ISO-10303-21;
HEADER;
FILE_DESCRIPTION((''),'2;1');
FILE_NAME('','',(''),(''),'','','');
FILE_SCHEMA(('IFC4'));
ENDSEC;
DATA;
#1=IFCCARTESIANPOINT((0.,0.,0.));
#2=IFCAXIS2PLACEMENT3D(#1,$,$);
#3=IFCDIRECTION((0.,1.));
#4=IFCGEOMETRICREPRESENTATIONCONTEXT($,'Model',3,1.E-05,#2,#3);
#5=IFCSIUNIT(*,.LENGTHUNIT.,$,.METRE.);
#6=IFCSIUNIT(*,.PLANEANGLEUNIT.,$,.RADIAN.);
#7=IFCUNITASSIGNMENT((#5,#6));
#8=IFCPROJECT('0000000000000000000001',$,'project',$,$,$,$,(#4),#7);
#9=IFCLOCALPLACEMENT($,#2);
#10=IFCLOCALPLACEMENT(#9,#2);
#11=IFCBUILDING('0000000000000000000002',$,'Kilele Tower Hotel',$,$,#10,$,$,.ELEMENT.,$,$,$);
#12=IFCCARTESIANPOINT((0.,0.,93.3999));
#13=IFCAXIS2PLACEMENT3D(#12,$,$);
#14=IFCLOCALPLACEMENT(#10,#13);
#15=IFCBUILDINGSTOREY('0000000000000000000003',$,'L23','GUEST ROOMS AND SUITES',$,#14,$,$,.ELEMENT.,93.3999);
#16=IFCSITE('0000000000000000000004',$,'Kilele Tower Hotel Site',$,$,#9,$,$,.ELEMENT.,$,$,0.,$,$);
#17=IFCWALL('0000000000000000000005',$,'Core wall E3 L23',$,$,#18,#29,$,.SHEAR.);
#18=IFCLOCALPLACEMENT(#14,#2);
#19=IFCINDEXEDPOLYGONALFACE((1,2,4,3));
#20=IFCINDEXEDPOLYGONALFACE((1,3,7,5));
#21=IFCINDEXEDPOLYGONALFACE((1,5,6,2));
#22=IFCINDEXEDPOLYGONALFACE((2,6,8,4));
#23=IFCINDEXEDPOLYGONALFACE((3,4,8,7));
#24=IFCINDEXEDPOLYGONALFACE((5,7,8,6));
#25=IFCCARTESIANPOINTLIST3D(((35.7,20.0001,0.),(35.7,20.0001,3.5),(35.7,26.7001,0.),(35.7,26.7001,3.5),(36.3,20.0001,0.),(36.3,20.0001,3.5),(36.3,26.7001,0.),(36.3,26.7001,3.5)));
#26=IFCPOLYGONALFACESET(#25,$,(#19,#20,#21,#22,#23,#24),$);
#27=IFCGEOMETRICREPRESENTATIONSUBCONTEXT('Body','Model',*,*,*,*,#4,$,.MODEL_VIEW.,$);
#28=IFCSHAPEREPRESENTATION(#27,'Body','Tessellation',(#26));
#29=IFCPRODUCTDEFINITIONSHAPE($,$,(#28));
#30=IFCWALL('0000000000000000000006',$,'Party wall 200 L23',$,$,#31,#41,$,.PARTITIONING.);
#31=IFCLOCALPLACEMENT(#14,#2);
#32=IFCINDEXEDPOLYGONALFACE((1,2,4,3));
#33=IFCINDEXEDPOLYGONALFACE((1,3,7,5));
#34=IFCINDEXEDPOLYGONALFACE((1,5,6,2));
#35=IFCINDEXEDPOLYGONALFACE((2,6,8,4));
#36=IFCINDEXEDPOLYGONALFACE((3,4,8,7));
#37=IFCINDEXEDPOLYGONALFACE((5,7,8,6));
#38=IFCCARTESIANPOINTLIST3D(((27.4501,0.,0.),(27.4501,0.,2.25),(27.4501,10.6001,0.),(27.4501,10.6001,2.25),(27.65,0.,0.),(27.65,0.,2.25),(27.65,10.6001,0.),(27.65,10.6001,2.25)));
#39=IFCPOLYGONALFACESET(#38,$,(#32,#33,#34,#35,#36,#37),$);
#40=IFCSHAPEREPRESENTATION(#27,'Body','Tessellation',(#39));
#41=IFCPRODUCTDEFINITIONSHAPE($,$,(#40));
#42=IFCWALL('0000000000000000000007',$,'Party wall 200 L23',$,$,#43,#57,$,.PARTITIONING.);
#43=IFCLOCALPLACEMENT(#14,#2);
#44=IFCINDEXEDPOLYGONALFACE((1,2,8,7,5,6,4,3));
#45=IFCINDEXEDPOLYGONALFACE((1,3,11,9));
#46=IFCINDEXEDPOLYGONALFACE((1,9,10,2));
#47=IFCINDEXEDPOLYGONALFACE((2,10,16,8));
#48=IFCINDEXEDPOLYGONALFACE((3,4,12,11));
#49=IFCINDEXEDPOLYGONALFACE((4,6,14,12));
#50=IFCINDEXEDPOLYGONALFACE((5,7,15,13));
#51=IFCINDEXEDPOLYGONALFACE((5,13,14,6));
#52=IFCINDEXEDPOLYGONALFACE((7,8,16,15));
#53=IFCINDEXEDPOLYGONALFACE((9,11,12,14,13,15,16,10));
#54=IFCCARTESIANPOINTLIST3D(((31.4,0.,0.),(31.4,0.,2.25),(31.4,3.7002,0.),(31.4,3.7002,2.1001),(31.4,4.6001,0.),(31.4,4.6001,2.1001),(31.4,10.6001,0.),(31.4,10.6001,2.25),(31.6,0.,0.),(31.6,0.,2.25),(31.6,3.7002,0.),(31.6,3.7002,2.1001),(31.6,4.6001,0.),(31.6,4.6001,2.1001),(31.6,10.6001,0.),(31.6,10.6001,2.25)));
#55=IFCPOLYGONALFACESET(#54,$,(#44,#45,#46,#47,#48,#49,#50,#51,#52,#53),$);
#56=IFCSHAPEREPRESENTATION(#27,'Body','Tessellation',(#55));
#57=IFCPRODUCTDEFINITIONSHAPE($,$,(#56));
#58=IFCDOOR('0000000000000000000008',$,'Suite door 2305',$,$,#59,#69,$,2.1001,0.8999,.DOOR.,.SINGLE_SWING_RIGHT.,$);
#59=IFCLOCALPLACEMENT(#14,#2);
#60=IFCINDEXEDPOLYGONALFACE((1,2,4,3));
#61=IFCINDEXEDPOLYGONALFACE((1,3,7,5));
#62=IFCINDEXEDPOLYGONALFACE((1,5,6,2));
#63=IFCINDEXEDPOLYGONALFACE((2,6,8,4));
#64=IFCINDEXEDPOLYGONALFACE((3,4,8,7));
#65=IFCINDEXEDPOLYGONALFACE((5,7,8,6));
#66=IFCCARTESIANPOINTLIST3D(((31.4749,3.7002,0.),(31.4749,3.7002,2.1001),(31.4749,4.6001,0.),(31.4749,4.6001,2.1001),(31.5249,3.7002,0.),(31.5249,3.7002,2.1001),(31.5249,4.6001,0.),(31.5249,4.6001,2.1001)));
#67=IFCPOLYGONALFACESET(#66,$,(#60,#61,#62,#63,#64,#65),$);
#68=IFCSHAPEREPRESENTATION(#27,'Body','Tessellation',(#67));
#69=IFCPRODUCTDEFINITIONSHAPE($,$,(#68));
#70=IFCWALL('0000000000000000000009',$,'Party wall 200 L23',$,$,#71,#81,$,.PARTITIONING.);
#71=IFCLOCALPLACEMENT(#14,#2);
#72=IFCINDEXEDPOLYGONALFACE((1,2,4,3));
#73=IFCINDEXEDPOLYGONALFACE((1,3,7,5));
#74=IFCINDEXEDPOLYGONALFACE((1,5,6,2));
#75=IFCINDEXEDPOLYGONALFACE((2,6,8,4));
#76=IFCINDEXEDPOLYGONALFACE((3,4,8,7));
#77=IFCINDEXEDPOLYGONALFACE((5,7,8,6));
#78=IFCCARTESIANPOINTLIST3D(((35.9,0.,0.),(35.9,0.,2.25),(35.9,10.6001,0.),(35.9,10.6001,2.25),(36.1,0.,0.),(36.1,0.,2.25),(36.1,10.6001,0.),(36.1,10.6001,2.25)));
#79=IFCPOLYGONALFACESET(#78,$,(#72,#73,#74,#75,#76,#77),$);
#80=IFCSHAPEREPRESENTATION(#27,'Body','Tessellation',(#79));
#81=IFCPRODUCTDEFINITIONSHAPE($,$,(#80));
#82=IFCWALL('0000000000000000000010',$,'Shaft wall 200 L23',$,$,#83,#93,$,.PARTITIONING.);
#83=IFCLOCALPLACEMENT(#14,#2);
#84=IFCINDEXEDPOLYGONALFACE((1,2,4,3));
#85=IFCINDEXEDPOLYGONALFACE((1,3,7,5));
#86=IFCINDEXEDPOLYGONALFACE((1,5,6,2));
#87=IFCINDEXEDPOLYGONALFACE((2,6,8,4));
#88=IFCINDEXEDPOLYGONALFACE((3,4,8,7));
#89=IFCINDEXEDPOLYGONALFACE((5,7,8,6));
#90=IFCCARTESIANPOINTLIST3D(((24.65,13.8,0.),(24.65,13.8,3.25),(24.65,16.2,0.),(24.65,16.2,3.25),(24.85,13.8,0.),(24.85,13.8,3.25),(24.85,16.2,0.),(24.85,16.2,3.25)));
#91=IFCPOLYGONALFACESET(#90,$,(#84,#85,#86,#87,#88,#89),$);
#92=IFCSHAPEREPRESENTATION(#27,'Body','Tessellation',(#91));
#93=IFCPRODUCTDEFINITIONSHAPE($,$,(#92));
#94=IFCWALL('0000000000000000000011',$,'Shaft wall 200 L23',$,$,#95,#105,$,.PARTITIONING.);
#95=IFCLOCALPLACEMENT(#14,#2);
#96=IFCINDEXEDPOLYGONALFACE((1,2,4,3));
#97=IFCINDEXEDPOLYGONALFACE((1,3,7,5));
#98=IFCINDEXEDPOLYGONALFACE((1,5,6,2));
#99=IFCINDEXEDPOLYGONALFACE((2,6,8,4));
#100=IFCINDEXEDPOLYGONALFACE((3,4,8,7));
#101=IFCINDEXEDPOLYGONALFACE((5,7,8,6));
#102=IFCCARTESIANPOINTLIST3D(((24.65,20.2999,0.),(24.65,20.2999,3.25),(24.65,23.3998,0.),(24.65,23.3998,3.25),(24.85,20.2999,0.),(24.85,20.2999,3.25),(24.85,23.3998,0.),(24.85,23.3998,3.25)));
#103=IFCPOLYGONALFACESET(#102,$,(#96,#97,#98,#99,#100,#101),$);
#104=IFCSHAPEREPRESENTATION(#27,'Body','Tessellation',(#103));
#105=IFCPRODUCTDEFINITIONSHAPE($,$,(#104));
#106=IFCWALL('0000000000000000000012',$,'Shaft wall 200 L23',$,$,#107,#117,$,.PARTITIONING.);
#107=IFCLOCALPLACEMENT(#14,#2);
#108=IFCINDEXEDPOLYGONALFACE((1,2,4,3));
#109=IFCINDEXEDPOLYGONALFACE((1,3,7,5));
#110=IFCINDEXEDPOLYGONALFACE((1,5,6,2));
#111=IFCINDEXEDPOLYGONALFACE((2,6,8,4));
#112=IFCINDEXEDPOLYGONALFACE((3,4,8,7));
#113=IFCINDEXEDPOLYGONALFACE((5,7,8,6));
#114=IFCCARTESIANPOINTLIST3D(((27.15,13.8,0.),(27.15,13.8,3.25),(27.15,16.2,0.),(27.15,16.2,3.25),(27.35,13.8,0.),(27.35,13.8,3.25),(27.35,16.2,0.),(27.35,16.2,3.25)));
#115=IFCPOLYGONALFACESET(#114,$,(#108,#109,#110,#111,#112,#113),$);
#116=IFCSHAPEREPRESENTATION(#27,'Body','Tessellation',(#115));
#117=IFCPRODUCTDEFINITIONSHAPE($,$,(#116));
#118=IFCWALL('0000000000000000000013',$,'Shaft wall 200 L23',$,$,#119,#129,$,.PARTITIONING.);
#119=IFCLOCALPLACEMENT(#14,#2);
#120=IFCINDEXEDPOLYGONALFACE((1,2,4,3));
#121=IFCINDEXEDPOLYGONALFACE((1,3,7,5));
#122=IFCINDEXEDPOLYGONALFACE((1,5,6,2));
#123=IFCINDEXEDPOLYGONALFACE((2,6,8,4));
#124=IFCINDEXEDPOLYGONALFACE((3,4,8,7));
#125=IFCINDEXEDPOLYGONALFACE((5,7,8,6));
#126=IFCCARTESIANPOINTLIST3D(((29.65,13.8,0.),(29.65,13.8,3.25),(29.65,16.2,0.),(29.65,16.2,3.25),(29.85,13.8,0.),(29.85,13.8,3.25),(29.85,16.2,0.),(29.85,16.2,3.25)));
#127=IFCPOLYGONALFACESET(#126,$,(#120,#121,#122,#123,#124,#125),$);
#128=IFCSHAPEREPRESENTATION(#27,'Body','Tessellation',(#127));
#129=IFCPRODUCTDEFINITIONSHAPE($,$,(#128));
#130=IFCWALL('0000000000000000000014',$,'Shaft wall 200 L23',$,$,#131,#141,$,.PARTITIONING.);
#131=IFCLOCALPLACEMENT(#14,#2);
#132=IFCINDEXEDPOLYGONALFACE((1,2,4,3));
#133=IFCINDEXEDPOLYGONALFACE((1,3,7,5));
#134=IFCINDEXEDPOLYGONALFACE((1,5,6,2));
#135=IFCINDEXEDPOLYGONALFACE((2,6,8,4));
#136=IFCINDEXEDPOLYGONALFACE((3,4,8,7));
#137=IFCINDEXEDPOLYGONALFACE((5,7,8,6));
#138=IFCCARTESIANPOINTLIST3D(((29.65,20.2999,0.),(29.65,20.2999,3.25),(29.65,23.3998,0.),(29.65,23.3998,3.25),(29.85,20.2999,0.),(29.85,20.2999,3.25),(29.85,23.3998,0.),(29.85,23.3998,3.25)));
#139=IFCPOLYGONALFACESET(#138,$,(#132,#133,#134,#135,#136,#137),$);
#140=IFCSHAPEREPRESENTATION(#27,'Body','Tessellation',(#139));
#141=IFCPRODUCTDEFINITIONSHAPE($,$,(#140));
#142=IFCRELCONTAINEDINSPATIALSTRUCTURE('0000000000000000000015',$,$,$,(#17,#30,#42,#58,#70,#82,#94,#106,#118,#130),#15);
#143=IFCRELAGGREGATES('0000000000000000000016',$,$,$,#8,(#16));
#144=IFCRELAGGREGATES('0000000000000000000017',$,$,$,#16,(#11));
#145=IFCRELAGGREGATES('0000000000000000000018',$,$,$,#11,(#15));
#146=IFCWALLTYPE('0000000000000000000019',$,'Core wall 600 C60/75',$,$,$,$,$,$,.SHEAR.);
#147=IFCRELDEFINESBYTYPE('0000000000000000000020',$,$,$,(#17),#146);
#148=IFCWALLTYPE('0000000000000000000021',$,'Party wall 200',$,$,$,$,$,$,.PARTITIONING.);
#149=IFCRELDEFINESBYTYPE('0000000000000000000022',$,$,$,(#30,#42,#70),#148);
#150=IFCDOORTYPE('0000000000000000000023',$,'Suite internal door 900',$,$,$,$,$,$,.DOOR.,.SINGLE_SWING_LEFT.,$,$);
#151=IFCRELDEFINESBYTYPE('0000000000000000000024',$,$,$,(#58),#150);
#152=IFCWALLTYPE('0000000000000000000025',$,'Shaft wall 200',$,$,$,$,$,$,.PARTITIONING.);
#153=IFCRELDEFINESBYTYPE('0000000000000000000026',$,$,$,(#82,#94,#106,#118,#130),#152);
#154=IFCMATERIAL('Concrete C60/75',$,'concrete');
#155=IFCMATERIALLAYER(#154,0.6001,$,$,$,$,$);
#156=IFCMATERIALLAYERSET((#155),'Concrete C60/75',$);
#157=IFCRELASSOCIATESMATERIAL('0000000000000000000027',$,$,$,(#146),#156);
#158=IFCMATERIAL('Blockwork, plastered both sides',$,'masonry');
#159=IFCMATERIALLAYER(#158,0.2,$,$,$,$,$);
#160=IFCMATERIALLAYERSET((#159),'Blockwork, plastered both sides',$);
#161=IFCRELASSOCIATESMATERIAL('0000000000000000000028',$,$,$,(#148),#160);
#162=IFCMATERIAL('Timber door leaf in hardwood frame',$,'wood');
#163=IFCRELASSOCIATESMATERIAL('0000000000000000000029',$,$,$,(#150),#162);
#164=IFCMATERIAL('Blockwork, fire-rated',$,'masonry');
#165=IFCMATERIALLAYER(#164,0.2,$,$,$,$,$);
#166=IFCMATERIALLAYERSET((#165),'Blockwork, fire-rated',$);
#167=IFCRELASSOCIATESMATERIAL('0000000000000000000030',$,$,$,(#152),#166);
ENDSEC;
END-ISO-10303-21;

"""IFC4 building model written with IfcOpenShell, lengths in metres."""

from ifc_helpers import new_model, si_unit, direction, frame, frame_2d, origin, place, context, subcontext, project, spatial, rectangle, extrude, material, layer, layer_set, type_object, element, fill, save


model = new_model("IFC4")

# Units and contexts
model_context = context("Model", 3, precision=1e-05, world=origin(), true_north=direction((0.0, 1.0)))
body_context = subcontext(model_context, "Body", "Model", "MODEL_VIEW")
ifc_project = project(units=[si_unit("LENGTHUNIT", "METRE"), si_unit("PLANEANGLEUNIT", "RADIAN")], contexts=[model_context])

# Site, building, storey
site_placement = place(None, origin())
site = spatial("IfcSite", under=ifc_project, at=site_placement, Name="Kilele Tower Hotel Site", CompositionType="ELEMENT", RefElevation=0.0)
building_placement = place(site_placement, origin())
building = spatial("IfcBuilding", under=site, at=building_placement, Name="Kilele Tower Hotel", CompositionType="ELEMENT")
storey_placement = place(building_placement, frame((0.0, 0.0, 93.3999)))
storey = spatial("IfcBuildingStorey", under=building, at=storey_placement, Name="L23", Description="GUEST ROOMS AND SUITES", CompositionType="ELEMENT", Elevation=93.3999)

# Shared definitions
ifc_material_1 = material(Name="Concrete C60/75", Category="concrete")
ifc_layer_1 = layer(ifc_material_1, 0.6001)
ifc_layer_set_1 = layer_set([ifc_layer_1], Name="Concrete C60/75")
wall_type_1 = type_object("IfcWallType", Name="Core wall 600 C60/75", PredefinedType="SHEAR", material=ifc_layer_set_1)

# Walls
wall_1_placement = place(storey_placement, frame((36.0, 20.0, 0.0), z_axis=(0.0, 0.0, 1.0), x_axis=(0.0, 1.0, 0.0)))
element("IfcWall", 1, at=wall_1_placement, inside=storey, type_object=wall_type_1, Name="Core wall E3 L23", PredefinedType="SHEAR", context=body_context, shape_type="SweptSolid", body=[
    extrude(rectangle(XDim=6.7, YDim=0.6001, at=frame_2d((3.3501, 0.0))), origin(), (0.0, 0.0, 1.0), 3.5),
])
ifc_material_2 = material(Name="Blockwork, plastered both sides", Category="masonry")
ifc_layer_2 = layer(ifc_material_2, 0.2)
ifc_layer_set_2 = layer_set([ifc_layer_2], Name="Blockwork, plastered both sides")
wall_type_2 = type_object("IfcWallType", Name="Party wall 200", PredefinedType="PARTITIONING", material=ifc_layer_set_2)
wall_2_placement = place(storey_placement, frame((27.55, 10.6001, 0.0), z_axis=(0.0, 0.0, 1.0), x_axis=(0.0, -1.0, 0.0)))
element("IfcWall", 2, at=wall_2_placement, inside=storey, type_object=wall_type_2, Name="Party wall 200 L23", PredefinedType="PARTITIONING", context=body_context, shape_type="SweptSolid", body=[
    extrude(rectangle(XDim=10.6001, YDim=0.2, at=frame_2d((5.3, 0.0))), origin(), (0.0, 0.0, 1.0), 2.25),
])

# Wall, opening, door
wall_3_placement = place(storey_placement, frame((31.5, 10.6001, 0.0), z_axis=(0.0, 0.0, 1.0), x_axis=(0.0, -1.0, 0.0)))
wall_3 = element("IfcWall", 3, at=wall_3_placement, inside=storey, type_object=wall_type_2, Name="Party wall 200 L23", PredefinedType="PARTITIONING", context=body_context, shape_type="SweptSolid", body=[
    extrude(rectangle(XDim=10.6001, YDim=0.2, at=frame_2d((5.3, 0.0))), origin(), (0.0, 0.0, 1.0), 2.25),
])
opening_1_placement = place(wall_3_placement, frame((6.0, 0.0, 0.0)))
opening_1 = element("IfcOpeningElement", 4, at=opening_1_placement, cuts=wall_3, PredefinedType="OPENING", context=body_context, shape_type="SweptSolid", body=[
    extrude(rectangle(XDim=0.8999, YDim=2.1001, at=frame_2d((0.45, 1.05))), frame((0.0, 0.1099, 0.0), z_axis=(0.0, -1.0, 0.0), x_axis=(1.0, 0.0, 0.0)), (0.0, 0.0, 1.0), 0.22),
])
ifc_material_3 = material(Name="Timber door leaf in hardwood frame", Category="wood")
door_type_1 = type_object("IfcDoorType", Name="Suite internal door 900", OperationType="SINGLE_SWING_LEFT", PredefinedType="DOOR", material=ifc_material_3)
door_1_placement = place(opening_1_placement, origin())
door_1 = element("IfcDoor", 5, at=door_1_placement, inside=storey, type_object=door_type_1, Name="Suite door 2305", OperationType="SINGLE_SWING_RIGHT", OverallHeight=2.1001, OverallWidth=0.8999, PredefinedType="DOOR", context=body_context, shape_type="SweptSolid", body=[
    extrude(rectangle(XDim=0.8999, YDim=2.1001, at=frame_2d((0.45, 1.05))), frame((0.0, 0.0249, 0.0), z_axis=(0.0, -1.0, 0.0), x_axis=(1.0, 0.0, 0.0)), (0.0, 0.0, 1.0), 0.05),
])
fill(opening_1, door_1)

# Walls
wall_4_placement = place(storey_placement, frame((36.0, 10.6001, 0.0), z_axis=(0.0, 0.0, 1.0), x_axis=(0.0, -1.0, 0.0)))
element("IfcWall", 6, at=wall_4_placement, inside=storey, type_object=wall_type_2, Name="Party wall 200 L23", PredefinedType="PARTITIONING", context=body_context, shape_type="SweptSolid", body=[
    extrude(rectangle(XDim=10.6001, YDim=0.2, at=frame_2d((5.3, 0.0))), origin(), (0.0, 0.0, 1.0), 2.25),
])
ifc_material_4 = material(Name="Blockwork, fire-rated", Category="masonry")
ifc_layer_3 = layer(ifc_material_4, 0.2)
ifc_layer_set_3 = layer_set([ifc_layer_3], Name="Blockwork, fire-rated")
wall_type_3 = type_object("IfcWallType", Name="Shaft wall 200", PredefinedType="PARTITIONING", material=ifc_layer_set_3)
wall_5_placement = place(storey_placement, frame((24.75, 13.8, 0.0), z_axis=(0.0, 0.0, 1.0), x_axis=(0.0, 1.0, 0.0)))
element("IfcWall", 7, at=wall_5_placement, inside=storey, type_object=wall_type_3, Name="Shaft wall 200 L23", PredefinedType="PARTITIONING", context=body_context, shape_type="SweptSolid", body=[
    extrude(rectangle(XDim=2.3999, YDim=0.2, at=frame_2d((1.2, 0.0))), origin(), (0.0, 0.0, 1.0), 3.25),
])
wall_6_placement = place(storey_placement, frame((24.75, 20.3, 0.0), z_axis=(0.0, 0.0, 1.0), x_axis=(0.0, 1.0, 0.0)))
element("IfcWall", 8, at=wall_6_placement, inside=storey, type_object=wall_type_3, Name="Shaft wall 200 L23", PredefinedType="PARTITIONING", context=body_context, shape_type="SweptSolid", body=[
    extrude(rectangle(XDim=3.0999, YDim=0.2, at=frame_2d((1.5498, 0.0))), origin(), (0.0, 0.0, 1.0), 3.25),
])
for number, where, z_axis, x_axis, name in (
    (9, (27.25, 13.8, 0.0), (0.0, 0.0, 1.0), (0.0, 1.0, 0.0), "Shaft wall 200 L23"),
    (10, (29.75, 13.8, 0.0), (0.0, 0.0, 1.0), (0.0, 1.0, 0.0), "Shaft wall 200 L23"),
):
    element("IfcWall", number, at=place(storey_placement, frame(where, z_axis=z_axis, x_axis=x_axis)), inside=storey, type_object=wall_type_3, Name=name, PredefinedType="PARTITIONING", context=body_context, shape_type="SweptSolid", body=[
        extrude(rectangle(XDim=2.3999, YDim=0.2, at=frame_2d((1.2, 0.0))), origin(), (0.0, 0.0, 1.0), 3.25),
    ])
wall_7_placement = place(storey_placement, frame((29.75, 20.3, 0.0), z_axis=(0.0, 0.0, 1.0), x_axis=(0.0, 1.0, 0.0)))
element("IfcWall", 11, at=wall_7_placement, inside=storey, type_object=wall_type_3, Name="Shaft wall 200 L23", PredefinedType="PARTITIONING", context=body_context, shape_type="SweptSolid", body=[
    extrude(rectangle(XDim=3.0999, YDim=0.2, at=frame_2d((1.5498, 0.0))), origin(), (0.0, 0.0, 1.0), 3.25),
])

save(model, "model.ifc")
